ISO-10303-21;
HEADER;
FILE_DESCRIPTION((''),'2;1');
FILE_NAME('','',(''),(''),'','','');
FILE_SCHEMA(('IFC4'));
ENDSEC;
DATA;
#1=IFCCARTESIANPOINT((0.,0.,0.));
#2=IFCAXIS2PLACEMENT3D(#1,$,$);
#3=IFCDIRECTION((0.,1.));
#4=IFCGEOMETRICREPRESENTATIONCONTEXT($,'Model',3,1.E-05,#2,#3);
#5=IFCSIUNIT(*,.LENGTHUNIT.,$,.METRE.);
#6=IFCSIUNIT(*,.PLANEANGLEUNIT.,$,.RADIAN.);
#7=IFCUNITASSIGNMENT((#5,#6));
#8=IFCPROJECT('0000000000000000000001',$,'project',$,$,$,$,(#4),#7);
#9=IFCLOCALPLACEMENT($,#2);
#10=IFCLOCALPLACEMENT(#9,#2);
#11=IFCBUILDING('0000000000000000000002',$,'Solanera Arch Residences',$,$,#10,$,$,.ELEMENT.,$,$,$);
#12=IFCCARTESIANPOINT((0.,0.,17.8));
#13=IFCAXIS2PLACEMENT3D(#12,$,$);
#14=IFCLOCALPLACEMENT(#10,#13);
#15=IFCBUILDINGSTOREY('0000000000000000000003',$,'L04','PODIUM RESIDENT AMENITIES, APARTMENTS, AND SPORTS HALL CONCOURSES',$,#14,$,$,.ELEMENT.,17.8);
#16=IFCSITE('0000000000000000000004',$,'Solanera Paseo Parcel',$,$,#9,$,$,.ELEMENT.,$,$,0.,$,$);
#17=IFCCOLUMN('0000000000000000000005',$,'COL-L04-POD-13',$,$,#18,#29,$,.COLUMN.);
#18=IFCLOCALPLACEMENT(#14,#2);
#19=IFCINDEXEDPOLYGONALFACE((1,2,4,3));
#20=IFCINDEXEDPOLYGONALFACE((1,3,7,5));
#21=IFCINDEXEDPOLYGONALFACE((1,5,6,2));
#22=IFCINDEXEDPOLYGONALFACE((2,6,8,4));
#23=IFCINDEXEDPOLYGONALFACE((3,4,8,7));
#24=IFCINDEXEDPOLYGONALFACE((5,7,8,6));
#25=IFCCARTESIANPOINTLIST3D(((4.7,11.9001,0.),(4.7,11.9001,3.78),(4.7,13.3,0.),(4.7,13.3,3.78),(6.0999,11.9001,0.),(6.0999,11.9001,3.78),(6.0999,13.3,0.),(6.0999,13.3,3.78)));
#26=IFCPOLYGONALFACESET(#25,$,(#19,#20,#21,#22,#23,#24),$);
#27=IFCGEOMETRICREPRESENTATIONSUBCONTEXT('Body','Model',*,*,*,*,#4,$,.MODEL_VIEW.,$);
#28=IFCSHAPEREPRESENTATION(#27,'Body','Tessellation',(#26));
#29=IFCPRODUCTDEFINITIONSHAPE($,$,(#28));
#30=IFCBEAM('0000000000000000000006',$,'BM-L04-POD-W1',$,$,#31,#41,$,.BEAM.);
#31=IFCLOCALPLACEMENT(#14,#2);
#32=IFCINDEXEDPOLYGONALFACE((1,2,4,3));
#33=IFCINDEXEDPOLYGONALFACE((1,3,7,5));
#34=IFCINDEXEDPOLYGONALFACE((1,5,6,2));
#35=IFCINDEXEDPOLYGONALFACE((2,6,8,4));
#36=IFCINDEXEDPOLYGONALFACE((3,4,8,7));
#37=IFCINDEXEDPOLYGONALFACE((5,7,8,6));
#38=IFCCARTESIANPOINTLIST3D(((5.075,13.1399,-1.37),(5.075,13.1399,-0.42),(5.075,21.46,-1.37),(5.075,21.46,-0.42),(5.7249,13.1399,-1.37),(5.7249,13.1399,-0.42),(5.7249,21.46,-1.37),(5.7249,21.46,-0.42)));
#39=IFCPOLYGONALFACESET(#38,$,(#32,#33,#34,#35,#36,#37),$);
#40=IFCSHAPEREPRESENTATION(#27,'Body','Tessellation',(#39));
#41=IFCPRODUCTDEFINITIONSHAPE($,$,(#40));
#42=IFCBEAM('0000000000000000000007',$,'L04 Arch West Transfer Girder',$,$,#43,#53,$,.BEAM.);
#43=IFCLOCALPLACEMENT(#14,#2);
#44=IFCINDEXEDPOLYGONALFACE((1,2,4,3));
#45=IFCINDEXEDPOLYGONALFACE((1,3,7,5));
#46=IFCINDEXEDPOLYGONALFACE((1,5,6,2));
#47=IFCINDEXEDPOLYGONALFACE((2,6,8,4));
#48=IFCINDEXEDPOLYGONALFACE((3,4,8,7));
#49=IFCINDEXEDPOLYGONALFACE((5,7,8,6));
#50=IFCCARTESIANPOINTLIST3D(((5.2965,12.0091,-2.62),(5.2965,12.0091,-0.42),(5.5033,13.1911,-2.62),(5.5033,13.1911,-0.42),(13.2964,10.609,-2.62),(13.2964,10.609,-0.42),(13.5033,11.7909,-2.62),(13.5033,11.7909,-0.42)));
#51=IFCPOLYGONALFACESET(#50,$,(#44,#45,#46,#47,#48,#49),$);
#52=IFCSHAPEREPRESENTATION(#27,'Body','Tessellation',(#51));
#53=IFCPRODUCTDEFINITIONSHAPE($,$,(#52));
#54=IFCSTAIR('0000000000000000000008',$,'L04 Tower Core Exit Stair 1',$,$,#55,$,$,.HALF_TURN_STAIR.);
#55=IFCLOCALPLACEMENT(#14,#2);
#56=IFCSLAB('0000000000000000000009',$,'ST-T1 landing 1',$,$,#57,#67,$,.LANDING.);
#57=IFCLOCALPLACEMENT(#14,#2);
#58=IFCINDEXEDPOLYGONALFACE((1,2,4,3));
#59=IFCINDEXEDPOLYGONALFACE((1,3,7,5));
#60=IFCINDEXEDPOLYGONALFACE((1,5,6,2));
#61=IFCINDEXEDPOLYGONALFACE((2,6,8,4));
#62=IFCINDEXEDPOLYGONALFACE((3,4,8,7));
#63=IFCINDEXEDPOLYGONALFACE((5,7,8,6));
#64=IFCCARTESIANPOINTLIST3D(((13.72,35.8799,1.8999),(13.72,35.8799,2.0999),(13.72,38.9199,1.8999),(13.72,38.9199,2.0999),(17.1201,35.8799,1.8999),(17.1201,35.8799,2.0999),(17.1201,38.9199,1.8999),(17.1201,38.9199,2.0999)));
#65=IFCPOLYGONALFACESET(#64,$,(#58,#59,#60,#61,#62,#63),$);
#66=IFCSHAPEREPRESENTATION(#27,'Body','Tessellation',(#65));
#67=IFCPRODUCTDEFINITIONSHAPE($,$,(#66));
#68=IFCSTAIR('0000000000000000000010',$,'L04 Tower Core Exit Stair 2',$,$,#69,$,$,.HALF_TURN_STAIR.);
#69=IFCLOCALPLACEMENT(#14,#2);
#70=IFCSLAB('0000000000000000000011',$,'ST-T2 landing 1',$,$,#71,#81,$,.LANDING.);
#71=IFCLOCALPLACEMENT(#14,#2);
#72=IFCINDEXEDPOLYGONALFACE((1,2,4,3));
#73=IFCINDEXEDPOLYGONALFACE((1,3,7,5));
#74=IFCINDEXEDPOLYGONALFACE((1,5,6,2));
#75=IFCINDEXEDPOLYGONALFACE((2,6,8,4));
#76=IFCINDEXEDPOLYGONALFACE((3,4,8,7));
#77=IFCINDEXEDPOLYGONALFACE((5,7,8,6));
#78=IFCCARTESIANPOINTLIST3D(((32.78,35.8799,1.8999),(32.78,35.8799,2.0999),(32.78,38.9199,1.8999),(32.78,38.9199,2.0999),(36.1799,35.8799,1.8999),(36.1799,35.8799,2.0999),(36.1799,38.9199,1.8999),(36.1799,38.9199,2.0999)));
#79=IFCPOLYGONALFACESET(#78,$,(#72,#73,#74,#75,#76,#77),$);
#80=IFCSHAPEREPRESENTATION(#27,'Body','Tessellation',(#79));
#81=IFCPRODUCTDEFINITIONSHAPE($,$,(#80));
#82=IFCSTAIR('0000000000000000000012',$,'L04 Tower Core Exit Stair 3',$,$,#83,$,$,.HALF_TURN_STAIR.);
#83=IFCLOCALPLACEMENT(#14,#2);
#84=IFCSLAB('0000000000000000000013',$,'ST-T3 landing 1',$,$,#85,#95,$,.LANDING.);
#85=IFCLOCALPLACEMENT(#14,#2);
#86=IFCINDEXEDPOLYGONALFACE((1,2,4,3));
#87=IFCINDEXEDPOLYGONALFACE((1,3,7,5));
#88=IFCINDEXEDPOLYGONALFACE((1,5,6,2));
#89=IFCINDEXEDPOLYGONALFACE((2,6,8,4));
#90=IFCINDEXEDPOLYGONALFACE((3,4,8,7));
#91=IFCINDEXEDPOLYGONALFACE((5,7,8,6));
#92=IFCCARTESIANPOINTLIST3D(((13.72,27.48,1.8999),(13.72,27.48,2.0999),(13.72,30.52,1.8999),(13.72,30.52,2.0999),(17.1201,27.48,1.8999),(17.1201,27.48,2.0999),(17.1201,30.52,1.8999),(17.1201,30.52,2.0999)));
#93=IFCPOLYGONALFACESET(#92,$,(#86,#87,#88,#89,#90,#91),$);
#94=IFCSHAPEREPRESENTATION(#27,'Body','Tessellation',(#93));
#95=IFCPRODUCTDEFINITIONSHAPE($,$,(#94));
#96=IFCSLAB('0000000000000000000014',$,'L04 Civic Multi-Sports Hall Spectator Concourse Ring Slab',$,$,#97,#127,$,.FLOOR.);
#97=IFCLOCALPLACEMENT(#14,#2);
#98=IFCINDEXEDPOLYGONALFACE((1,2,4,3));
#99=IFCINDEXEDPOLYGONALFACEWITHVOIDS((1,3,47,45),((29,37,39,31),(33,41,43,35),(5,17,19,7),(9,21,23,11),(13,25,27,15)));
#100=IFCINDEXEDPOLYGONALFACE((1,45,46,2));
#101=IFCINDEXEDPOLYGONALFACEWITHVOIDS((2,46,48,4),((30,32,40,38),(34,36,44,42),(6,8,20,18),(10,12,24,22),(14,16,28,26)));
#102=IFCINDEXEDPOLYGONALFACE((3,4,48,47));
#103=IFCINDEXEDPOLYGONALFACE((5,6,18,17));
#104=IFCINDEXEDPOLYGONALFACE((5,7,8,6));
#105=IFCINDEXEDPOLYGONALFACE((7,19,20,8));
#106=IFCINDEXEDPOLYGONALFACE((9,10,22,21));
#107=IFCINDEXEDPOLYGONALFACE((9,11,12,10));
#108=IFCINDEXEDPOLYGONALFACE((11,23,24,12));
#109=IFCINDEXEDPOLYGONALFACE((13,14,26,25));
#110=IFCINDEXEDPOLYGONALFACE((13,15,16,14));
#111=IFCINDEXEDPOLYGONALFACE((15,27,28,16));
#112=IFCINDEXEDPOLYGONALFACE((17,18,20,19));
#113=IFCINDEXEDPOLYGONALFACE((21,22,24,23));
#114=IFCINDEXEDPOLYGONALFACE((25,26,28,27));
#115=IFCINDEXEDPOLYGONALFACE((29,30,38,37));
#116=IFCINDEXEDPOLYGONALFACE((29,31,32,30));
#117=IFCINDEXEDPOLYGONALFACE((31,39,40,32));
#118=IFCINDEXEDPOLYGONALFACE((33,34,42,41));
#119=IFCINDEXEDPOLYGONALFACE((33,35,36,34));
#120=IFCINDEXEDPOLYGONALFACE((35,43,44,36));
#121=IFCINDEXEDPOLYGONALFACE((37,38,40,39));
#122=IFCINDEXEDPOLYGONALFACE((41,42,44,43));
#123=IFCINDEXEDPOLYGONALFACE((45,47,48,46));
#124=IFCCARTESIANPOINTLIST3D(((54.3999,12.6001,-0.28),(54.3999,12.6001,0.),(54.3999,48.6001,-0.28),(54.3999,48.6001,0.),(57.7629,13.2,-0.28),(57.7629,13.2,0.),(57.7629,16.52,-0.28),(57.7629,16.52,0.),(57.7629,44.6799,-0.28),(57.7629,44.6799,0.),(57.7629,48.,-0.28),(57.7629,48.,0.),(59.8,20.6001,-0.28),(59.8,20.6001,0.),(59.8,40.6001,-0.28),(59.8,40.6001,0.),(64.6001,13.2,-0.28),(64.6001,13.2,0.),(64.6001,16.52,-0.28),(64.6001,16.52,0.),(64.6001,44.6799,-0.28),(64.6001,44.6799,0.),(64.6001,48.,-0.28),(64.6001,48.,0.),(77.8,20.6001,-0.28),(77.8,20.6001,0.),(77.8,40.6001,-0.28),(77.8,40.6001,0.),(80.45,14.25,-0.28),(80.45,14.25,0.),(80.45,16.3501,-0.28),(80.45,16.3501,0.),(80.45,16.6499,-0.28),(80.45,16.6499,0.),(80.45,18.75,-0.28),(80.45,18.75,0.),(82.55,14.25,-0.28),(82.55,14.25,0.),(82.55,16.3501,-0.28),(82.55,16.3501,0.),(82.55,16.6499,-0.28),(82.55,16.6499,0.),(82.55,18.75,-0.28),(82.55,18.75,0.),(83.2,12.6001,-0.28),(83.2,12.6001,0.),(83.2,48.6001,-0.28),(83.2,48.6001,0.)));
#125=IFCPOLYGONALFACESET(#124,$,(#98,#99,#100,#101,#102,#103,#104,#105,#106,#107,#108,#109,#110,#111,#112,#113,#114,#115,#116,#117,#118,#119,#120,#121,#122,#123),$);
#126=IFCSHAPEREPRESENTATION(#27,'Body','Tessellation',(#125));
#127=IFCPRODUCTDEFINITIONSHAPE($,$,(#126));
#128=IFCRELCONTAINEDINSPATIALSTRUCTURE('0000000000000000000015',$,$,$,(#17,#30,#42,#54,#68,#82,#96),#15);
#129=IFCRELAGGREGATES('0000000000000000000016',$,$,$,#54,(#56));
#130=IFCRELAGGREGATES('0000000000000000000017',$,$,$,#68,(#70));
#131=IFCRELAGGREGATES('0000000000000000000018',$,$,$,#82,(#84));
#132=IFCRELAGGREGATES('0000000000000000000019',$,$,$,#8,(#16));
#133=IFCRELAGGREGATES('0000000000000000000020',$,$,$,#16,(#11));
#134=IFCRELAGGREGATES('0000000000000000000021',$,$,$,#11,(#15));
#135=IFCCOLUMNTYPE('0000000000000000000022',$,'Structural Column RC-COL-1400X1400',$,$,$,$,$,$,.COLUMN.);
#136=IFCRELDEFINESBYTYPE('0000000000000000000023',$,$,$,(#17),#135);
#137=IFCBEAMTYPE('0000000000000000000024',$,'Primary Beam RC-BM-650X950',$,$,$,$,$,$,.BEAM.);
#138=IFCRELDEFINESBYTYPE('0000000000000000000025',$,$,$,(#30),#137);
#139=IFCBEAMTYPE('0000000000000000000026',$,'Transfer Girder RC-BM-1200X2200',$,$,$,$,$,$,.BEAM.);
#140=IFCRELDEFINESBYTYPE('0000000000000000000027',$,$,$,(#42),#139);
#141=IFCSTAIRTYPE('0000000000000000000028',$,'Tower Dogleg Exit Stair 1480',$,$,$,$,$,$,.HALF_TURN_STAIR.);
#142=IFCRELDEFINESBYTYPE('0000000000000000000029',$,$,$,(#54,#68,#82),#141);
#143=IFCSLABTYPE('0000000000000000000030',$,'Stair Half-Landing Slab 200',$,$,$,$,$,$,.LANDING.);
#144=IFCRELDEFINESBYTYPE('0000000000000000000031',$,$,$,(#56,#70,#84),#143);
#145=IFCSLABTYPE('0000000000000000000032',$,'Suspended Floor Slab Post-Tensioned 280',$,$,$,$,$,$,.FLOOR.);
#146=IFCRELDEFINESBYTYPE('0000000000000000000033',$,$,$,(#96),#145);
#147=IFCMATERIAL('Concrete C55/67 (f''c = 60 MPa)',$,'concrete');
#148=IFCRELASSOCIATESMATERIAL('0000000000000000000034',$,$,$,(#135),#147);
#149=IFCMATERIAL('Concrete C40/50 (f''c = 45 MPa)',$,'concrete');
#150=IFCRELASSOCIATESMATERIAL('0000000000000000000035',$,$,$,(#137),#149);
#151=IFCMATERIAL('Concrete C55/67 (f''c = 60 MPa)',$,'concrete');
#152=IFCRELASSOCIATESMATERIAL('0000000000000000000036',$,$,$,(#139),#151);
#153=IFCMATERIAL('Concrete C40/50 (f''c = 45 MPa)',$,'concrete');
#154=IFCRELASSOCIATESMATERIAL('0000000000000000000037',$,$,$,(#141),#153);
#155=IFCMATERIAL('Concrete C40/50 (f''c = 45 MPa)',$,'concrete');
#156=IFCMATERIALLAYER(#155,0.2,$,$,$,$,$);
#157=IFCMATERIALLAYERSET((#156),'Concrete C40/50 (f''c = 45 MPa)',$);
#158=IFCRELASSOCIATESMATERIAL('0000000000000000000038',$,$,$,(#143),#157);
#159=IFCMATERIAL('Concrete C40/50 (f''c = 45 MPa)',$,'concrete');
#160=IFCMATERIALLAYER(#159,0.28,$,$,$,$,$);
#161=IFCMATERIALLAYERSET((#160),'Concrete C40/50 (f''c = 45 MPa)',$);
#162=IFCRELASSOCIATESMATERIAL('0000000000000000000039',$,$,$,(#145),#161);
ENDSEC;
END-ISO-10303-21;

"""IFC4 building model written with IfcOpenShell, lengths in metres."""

from ifc_helpers import new_model, si_unit, direction, frame, origin, origin_2d, place, context, subcontext, project, spatial, polyline, rectangle, outline, extrude, material, layer, layer_set, material_profile, profile_set, type_object, element, aggregate, save


model = new_model("IFC4")

# Units and contexts
model_context = context("Model", 3, precision=1e-05, world=origin(), true_north=direction((0.0, 1.0)))
body_context = subcontext(model_context, "Body", "Model", "MODEL_VIEW")
ifc_project = project(units=[si_unit("LENGTHUNIT", "METRE"), si_unit("PLANEANGLEUNIT", "RADIAN")], contexts=[model_context])

# Site, building, storey
site_placement = place(None, origin())
site = spatial("IfcSite", under=ifc_project, at=site_placement, Name="Solanera Paseo Parcel", CompositionType="ELEMENT", RefElevation=0.0)
building_placement = place(site_placement, origin())
building = spatial("IfcBuilding", under=site, at=building_placement, Name="Solanera Arch Residences", CompositionType="ELEMENT")
storey_placement = place(building_placement, frame((0.0, 0.0, 17.8)))
storey = spatial("IfcBuildingStorey", under=building, at=storey_placement, Name="L04", Description="PODIUM RESIDENT AMENITIES, APARTMENTS, AND SPORTS HALL CONCOURSES", CompositionType="ELEMENT", Elevation=17.8)

# Column
ifc_material_1 = material(Name="Concrete C55/67 (f'c = 60 MPa)", Category="concrete")
ifc_material_profile_1 = material_profile(ifc_material_1, rectangle(XDim=1.3999, YDim=1.3999, at=origin_2d()))
ifc_profile_set_1 = profile_set([ifc_material_profile_1], Name="Concrete C55/67 (f'c = 60 MPa)")
column_type = type_object("IfcColumnType", Name="Structural Column RC-COL-1400X1400", PredefinedType="COLUMN", material=ifc_profile_set_1)
column_placement = place(storey_placement, frame((5.3999, 12.6001, 0.0), z_axis=(0.0, 0.0, 1.0), x_axis=(1.0, 0.0, 0.0)))
element("IfcColumn", 1, at=column_placement, inside=storey, type_object=column_type, Name="COL-L04-POD-13", PredefinedType="COLUMN", context=body_context, shape_type="SweptSolid", body=[
    extrude(rectangle(XDim=1.3999, YDim=1.3999, at=origin_2d()), origin(), (0.0, 0.0, 1.0), 3.78),
])

# Beams
ifc_material_2 = material(Name="Concrete C40/50 (f'c = 45 MPa)", Category="concrete")
ifc_material_profile_2 = material_profile(ifc_material_2, rectangle(XDim=0.6499, YDim=0.95, at=origin_2d()))
ifc_profile_set_2 = profile_set([ifc_material_profile_2], Name="Concrete C40/50 (f'c = 45 MPa)")
beam_type_1 = type_object("IfcBeamType", Name="Primary Beam RC-BM-650X950", PredefinedType="BEAM", material=ifc_profile_set_2)
beam_1_placement = place(storey_placement, frame((5.3999, 13.1399, -0.895), z_axis=(0.0, 1.0, 0.0), x_axis=(-1.0, 0.0, 0.0)))
element("IfcBeam", 2, at=beam_1_placement, inside=storey, type_object=beam_type_1, Name="BM-L04-POD-W1", PredefinedType="BEAM", context=body_context, shape_type="SweptSolid", body=[
    extrude(rectangle(XDim=0.6499, YDim=0.95, at=origin_2d()), origin(), (0.0, 0.0, 1.0), 8.3201),
])
ifc_material_3 = material(Name="Concrete C55/67 (f'c = 60 MPa)", Category="concrete")
ifc_material_profile_3 = material_profile(ifc_material_3, rectangle(XDim=1.2, YDim=2.2, at=origin_2d()))
ifc_profile_set_3 = profile_set([ifc_material_profile_3], Name="Concrete C55/67 (f'c = 60 MPa)")
beam_type_2 = type_object("IfcBeamType", Name="Transfer Girder RC-BM-1200X2200", PredefinedType="BEAM", material=ifc_profile_set_3)
beam_2_placement = place(storey_placement, frame((5.3999, 12.6001, -1.52), z_axis=(0.985027, -0.172398, 0.0), x_axis=(0.172398, 0.985027, 0.0)))
element("IfcBeam", 3, at=beam_2_placement, inside=storey, type_object=beam_type_2, Name="L04 Arch West Transfer Girder", PredefinedType="BEAM", context=body_context, shape_type="SweptSolid", body=[
    extrude(rectangle(XDim=1.2, YDim=2.2, at=origin_2d()), origin(), (0.0, 0.0, 1.0), 8.1216),
])

# Stairs, slabs
ifc_material_4 = material(Name="Concrete C40/50 (f'c = 45 MPa)", Category="concrete")
stair_type = type_object("IfcStairType", Name="Tower Dogleg Exit Stair 1480", PredefinedType="HALF_TURN_STAIR", material=ifc_material_4)
stair_1_placement = place(storey_placement, origin())
stair_1 = element("IfcStair", 4, at=stair_1_placement, inside=storey, type_object=stair_type, Name="L04 Tower Core Exit Stair 1", PredefinedType="HALF_TURN_STAIR")
ifc_material_5 = material(Name="Concrete C40/50 (f'c = 45 MPa)", Category="concrete")
ifc_layer_1 = layer(ifc_material_5, 0.2)
ifc_layer_set_1 = layer_set([ifc_layer_1], Name="Concrete C40/50 (f'c = 45 MPa)")
slab_type_1 = type_object("IfcSlabType", Name="Stair Half-Landing Slab 200", PredefinedType="LANDING", material=ifc_layer_set_1)
slab_1_placement = place(storey_placement, frame((0.0, 0.0, 1.8999)))
slab_1 = element("IfcSlab", 5, at=slab_1_placement, type_object=slab_type_1, Name="ST-T1 landing 1", PredefinedType="LANDING", context=body_context, shape_type="SweptSolid", body=[
    extrude(outline(polyline([(17.1201, 35.8799), (17.1201, 38.9199), (13.72, 38.9199), (13.72, 35.8799), (17.1201, 35.8799)])), origin(), (0.0, 0.0, 1.0), 0.2),
])
aggregate(stair_1, [slab_1])
stair_2_placement = place(storey_placement, origin())
stair_2 = element("IfcStair", 6, at=stair_2_placement, inside=storey, type_object=stair_type, Name="L04 Tower Core Exit Stair 2", PredefinedType="HALF_TURN_STAIR")
slab_2_placement = place(storey_placement, frame((0.0, 0.0, 1.8999)))
slab_2 = element("IfcSlab", 7, at=slab_2_placement, type_object=slab_type_1, Name="ST-T2 landing 1", PredefinedType="LANDING", context=body_context, shape_type="SweptSolid", body=[
    extrude(outline(polyline([(36.1799, 35.8799), (36.1799, 38.9199), (32.78, 38.9199), (32.78, 35.8799), (36.1799, 35.8799)])), origin(), (0.0, 0.0, 1.0), 0.2),
])
aggregate(stair_2, [slab_2])
stair_3_placement = place(storey_placement, origin())
stair_3 = element("IfcStair", 8, at=stair_3_placement, inside=storey, type_object=stair_type, Name="L04 Tower Core Exit Stair 3", PredefinedType="HALF_TURN_STAIR")
slab_3_placement = place(storey_placement, frame((0.0, 0.0, 1.8999)))
slab_3 = element("IfcSlab", 9, at=slab_3_placement, type_object=slab_type_1, Name="ST-T3 landing 1", PredefinedType="LANDING", context=body_context, shape_type="SweptSolid", body=[
    extrude(outline(polyline([(17.1201, 27.48), (17.1201, 30.52), (13.72, 30.52), (13.72, 27.48), (17.1201, 27.48)])), origin(), (0.0, 0.0, 1.0), 0.2),
])
aggregate(stair_3, [slab_3])

# Slab
ifc_material_6 = material(Name="Concrete C40/50 (f'c = 45 MPa)", Category="concrete")
ifc_layer_2 = layer(ifc_material_6, 0.28)
ifc_layer_set_2 = layer_set([ifc_layer_2], Name="Concrete C40/50 (f'c = 45 MPa)")
slab_type_2 = type_object("IfcSlabType", Name="Suspended Floor Slab Post-Tensioned 280", PredefinedType="FLOOR", material=ifc_layer_set_2)
slab_4_placement = place(storey_placement, frame((0.0, 0.0, -0.28)))
element("IfcSlab", 10, at=slab_4_placement, inside=storey, type_object=slab_type_2, Name="L04 Civic Multi-Sports Hall Spectator Concourse Ring Slab", PredefinedType="FLOOR", context=body_context, shape_type="SweptSolid", body=[
    extrude(outline(polyline([(54.3999, 12.6001), (83.2, 12.6001), (83.2, 48.6001), (54.3999, 48.6001), (54.3999, 12.6001)]), holes=[polyline([(57.7629, 16.52), (64.6001, 16.52), (64.6001, 13.2), (57.7629, 13.2), (57.7629, 16.52)]), polyline([(57.7629, 48.0), (64.6001, 48.0), (64.6001, 44.6799), (57.7629, 44.6799), (57.7629, 48.0)]), polyline([(80.45, 16.3501), (82.55, 16.3501), (82.55, 14.25), (80.45, 14.25), (80.45, 16.3501)]), polyline([(80.45, 18.75), (82.55, 18.75), (82.55, 16.6499), (80.45, 16.6499), (80.45, 18.75)]), polyline([(59.8, 40.6001), (77.8, 40.6001), (77.8, 20.6001), (59.8, 20.6001), (59.8, 40.6001)])]), origin(), (0.0, 0.0, 1.0), 0.28),
])

save(model, "model.ifc")
